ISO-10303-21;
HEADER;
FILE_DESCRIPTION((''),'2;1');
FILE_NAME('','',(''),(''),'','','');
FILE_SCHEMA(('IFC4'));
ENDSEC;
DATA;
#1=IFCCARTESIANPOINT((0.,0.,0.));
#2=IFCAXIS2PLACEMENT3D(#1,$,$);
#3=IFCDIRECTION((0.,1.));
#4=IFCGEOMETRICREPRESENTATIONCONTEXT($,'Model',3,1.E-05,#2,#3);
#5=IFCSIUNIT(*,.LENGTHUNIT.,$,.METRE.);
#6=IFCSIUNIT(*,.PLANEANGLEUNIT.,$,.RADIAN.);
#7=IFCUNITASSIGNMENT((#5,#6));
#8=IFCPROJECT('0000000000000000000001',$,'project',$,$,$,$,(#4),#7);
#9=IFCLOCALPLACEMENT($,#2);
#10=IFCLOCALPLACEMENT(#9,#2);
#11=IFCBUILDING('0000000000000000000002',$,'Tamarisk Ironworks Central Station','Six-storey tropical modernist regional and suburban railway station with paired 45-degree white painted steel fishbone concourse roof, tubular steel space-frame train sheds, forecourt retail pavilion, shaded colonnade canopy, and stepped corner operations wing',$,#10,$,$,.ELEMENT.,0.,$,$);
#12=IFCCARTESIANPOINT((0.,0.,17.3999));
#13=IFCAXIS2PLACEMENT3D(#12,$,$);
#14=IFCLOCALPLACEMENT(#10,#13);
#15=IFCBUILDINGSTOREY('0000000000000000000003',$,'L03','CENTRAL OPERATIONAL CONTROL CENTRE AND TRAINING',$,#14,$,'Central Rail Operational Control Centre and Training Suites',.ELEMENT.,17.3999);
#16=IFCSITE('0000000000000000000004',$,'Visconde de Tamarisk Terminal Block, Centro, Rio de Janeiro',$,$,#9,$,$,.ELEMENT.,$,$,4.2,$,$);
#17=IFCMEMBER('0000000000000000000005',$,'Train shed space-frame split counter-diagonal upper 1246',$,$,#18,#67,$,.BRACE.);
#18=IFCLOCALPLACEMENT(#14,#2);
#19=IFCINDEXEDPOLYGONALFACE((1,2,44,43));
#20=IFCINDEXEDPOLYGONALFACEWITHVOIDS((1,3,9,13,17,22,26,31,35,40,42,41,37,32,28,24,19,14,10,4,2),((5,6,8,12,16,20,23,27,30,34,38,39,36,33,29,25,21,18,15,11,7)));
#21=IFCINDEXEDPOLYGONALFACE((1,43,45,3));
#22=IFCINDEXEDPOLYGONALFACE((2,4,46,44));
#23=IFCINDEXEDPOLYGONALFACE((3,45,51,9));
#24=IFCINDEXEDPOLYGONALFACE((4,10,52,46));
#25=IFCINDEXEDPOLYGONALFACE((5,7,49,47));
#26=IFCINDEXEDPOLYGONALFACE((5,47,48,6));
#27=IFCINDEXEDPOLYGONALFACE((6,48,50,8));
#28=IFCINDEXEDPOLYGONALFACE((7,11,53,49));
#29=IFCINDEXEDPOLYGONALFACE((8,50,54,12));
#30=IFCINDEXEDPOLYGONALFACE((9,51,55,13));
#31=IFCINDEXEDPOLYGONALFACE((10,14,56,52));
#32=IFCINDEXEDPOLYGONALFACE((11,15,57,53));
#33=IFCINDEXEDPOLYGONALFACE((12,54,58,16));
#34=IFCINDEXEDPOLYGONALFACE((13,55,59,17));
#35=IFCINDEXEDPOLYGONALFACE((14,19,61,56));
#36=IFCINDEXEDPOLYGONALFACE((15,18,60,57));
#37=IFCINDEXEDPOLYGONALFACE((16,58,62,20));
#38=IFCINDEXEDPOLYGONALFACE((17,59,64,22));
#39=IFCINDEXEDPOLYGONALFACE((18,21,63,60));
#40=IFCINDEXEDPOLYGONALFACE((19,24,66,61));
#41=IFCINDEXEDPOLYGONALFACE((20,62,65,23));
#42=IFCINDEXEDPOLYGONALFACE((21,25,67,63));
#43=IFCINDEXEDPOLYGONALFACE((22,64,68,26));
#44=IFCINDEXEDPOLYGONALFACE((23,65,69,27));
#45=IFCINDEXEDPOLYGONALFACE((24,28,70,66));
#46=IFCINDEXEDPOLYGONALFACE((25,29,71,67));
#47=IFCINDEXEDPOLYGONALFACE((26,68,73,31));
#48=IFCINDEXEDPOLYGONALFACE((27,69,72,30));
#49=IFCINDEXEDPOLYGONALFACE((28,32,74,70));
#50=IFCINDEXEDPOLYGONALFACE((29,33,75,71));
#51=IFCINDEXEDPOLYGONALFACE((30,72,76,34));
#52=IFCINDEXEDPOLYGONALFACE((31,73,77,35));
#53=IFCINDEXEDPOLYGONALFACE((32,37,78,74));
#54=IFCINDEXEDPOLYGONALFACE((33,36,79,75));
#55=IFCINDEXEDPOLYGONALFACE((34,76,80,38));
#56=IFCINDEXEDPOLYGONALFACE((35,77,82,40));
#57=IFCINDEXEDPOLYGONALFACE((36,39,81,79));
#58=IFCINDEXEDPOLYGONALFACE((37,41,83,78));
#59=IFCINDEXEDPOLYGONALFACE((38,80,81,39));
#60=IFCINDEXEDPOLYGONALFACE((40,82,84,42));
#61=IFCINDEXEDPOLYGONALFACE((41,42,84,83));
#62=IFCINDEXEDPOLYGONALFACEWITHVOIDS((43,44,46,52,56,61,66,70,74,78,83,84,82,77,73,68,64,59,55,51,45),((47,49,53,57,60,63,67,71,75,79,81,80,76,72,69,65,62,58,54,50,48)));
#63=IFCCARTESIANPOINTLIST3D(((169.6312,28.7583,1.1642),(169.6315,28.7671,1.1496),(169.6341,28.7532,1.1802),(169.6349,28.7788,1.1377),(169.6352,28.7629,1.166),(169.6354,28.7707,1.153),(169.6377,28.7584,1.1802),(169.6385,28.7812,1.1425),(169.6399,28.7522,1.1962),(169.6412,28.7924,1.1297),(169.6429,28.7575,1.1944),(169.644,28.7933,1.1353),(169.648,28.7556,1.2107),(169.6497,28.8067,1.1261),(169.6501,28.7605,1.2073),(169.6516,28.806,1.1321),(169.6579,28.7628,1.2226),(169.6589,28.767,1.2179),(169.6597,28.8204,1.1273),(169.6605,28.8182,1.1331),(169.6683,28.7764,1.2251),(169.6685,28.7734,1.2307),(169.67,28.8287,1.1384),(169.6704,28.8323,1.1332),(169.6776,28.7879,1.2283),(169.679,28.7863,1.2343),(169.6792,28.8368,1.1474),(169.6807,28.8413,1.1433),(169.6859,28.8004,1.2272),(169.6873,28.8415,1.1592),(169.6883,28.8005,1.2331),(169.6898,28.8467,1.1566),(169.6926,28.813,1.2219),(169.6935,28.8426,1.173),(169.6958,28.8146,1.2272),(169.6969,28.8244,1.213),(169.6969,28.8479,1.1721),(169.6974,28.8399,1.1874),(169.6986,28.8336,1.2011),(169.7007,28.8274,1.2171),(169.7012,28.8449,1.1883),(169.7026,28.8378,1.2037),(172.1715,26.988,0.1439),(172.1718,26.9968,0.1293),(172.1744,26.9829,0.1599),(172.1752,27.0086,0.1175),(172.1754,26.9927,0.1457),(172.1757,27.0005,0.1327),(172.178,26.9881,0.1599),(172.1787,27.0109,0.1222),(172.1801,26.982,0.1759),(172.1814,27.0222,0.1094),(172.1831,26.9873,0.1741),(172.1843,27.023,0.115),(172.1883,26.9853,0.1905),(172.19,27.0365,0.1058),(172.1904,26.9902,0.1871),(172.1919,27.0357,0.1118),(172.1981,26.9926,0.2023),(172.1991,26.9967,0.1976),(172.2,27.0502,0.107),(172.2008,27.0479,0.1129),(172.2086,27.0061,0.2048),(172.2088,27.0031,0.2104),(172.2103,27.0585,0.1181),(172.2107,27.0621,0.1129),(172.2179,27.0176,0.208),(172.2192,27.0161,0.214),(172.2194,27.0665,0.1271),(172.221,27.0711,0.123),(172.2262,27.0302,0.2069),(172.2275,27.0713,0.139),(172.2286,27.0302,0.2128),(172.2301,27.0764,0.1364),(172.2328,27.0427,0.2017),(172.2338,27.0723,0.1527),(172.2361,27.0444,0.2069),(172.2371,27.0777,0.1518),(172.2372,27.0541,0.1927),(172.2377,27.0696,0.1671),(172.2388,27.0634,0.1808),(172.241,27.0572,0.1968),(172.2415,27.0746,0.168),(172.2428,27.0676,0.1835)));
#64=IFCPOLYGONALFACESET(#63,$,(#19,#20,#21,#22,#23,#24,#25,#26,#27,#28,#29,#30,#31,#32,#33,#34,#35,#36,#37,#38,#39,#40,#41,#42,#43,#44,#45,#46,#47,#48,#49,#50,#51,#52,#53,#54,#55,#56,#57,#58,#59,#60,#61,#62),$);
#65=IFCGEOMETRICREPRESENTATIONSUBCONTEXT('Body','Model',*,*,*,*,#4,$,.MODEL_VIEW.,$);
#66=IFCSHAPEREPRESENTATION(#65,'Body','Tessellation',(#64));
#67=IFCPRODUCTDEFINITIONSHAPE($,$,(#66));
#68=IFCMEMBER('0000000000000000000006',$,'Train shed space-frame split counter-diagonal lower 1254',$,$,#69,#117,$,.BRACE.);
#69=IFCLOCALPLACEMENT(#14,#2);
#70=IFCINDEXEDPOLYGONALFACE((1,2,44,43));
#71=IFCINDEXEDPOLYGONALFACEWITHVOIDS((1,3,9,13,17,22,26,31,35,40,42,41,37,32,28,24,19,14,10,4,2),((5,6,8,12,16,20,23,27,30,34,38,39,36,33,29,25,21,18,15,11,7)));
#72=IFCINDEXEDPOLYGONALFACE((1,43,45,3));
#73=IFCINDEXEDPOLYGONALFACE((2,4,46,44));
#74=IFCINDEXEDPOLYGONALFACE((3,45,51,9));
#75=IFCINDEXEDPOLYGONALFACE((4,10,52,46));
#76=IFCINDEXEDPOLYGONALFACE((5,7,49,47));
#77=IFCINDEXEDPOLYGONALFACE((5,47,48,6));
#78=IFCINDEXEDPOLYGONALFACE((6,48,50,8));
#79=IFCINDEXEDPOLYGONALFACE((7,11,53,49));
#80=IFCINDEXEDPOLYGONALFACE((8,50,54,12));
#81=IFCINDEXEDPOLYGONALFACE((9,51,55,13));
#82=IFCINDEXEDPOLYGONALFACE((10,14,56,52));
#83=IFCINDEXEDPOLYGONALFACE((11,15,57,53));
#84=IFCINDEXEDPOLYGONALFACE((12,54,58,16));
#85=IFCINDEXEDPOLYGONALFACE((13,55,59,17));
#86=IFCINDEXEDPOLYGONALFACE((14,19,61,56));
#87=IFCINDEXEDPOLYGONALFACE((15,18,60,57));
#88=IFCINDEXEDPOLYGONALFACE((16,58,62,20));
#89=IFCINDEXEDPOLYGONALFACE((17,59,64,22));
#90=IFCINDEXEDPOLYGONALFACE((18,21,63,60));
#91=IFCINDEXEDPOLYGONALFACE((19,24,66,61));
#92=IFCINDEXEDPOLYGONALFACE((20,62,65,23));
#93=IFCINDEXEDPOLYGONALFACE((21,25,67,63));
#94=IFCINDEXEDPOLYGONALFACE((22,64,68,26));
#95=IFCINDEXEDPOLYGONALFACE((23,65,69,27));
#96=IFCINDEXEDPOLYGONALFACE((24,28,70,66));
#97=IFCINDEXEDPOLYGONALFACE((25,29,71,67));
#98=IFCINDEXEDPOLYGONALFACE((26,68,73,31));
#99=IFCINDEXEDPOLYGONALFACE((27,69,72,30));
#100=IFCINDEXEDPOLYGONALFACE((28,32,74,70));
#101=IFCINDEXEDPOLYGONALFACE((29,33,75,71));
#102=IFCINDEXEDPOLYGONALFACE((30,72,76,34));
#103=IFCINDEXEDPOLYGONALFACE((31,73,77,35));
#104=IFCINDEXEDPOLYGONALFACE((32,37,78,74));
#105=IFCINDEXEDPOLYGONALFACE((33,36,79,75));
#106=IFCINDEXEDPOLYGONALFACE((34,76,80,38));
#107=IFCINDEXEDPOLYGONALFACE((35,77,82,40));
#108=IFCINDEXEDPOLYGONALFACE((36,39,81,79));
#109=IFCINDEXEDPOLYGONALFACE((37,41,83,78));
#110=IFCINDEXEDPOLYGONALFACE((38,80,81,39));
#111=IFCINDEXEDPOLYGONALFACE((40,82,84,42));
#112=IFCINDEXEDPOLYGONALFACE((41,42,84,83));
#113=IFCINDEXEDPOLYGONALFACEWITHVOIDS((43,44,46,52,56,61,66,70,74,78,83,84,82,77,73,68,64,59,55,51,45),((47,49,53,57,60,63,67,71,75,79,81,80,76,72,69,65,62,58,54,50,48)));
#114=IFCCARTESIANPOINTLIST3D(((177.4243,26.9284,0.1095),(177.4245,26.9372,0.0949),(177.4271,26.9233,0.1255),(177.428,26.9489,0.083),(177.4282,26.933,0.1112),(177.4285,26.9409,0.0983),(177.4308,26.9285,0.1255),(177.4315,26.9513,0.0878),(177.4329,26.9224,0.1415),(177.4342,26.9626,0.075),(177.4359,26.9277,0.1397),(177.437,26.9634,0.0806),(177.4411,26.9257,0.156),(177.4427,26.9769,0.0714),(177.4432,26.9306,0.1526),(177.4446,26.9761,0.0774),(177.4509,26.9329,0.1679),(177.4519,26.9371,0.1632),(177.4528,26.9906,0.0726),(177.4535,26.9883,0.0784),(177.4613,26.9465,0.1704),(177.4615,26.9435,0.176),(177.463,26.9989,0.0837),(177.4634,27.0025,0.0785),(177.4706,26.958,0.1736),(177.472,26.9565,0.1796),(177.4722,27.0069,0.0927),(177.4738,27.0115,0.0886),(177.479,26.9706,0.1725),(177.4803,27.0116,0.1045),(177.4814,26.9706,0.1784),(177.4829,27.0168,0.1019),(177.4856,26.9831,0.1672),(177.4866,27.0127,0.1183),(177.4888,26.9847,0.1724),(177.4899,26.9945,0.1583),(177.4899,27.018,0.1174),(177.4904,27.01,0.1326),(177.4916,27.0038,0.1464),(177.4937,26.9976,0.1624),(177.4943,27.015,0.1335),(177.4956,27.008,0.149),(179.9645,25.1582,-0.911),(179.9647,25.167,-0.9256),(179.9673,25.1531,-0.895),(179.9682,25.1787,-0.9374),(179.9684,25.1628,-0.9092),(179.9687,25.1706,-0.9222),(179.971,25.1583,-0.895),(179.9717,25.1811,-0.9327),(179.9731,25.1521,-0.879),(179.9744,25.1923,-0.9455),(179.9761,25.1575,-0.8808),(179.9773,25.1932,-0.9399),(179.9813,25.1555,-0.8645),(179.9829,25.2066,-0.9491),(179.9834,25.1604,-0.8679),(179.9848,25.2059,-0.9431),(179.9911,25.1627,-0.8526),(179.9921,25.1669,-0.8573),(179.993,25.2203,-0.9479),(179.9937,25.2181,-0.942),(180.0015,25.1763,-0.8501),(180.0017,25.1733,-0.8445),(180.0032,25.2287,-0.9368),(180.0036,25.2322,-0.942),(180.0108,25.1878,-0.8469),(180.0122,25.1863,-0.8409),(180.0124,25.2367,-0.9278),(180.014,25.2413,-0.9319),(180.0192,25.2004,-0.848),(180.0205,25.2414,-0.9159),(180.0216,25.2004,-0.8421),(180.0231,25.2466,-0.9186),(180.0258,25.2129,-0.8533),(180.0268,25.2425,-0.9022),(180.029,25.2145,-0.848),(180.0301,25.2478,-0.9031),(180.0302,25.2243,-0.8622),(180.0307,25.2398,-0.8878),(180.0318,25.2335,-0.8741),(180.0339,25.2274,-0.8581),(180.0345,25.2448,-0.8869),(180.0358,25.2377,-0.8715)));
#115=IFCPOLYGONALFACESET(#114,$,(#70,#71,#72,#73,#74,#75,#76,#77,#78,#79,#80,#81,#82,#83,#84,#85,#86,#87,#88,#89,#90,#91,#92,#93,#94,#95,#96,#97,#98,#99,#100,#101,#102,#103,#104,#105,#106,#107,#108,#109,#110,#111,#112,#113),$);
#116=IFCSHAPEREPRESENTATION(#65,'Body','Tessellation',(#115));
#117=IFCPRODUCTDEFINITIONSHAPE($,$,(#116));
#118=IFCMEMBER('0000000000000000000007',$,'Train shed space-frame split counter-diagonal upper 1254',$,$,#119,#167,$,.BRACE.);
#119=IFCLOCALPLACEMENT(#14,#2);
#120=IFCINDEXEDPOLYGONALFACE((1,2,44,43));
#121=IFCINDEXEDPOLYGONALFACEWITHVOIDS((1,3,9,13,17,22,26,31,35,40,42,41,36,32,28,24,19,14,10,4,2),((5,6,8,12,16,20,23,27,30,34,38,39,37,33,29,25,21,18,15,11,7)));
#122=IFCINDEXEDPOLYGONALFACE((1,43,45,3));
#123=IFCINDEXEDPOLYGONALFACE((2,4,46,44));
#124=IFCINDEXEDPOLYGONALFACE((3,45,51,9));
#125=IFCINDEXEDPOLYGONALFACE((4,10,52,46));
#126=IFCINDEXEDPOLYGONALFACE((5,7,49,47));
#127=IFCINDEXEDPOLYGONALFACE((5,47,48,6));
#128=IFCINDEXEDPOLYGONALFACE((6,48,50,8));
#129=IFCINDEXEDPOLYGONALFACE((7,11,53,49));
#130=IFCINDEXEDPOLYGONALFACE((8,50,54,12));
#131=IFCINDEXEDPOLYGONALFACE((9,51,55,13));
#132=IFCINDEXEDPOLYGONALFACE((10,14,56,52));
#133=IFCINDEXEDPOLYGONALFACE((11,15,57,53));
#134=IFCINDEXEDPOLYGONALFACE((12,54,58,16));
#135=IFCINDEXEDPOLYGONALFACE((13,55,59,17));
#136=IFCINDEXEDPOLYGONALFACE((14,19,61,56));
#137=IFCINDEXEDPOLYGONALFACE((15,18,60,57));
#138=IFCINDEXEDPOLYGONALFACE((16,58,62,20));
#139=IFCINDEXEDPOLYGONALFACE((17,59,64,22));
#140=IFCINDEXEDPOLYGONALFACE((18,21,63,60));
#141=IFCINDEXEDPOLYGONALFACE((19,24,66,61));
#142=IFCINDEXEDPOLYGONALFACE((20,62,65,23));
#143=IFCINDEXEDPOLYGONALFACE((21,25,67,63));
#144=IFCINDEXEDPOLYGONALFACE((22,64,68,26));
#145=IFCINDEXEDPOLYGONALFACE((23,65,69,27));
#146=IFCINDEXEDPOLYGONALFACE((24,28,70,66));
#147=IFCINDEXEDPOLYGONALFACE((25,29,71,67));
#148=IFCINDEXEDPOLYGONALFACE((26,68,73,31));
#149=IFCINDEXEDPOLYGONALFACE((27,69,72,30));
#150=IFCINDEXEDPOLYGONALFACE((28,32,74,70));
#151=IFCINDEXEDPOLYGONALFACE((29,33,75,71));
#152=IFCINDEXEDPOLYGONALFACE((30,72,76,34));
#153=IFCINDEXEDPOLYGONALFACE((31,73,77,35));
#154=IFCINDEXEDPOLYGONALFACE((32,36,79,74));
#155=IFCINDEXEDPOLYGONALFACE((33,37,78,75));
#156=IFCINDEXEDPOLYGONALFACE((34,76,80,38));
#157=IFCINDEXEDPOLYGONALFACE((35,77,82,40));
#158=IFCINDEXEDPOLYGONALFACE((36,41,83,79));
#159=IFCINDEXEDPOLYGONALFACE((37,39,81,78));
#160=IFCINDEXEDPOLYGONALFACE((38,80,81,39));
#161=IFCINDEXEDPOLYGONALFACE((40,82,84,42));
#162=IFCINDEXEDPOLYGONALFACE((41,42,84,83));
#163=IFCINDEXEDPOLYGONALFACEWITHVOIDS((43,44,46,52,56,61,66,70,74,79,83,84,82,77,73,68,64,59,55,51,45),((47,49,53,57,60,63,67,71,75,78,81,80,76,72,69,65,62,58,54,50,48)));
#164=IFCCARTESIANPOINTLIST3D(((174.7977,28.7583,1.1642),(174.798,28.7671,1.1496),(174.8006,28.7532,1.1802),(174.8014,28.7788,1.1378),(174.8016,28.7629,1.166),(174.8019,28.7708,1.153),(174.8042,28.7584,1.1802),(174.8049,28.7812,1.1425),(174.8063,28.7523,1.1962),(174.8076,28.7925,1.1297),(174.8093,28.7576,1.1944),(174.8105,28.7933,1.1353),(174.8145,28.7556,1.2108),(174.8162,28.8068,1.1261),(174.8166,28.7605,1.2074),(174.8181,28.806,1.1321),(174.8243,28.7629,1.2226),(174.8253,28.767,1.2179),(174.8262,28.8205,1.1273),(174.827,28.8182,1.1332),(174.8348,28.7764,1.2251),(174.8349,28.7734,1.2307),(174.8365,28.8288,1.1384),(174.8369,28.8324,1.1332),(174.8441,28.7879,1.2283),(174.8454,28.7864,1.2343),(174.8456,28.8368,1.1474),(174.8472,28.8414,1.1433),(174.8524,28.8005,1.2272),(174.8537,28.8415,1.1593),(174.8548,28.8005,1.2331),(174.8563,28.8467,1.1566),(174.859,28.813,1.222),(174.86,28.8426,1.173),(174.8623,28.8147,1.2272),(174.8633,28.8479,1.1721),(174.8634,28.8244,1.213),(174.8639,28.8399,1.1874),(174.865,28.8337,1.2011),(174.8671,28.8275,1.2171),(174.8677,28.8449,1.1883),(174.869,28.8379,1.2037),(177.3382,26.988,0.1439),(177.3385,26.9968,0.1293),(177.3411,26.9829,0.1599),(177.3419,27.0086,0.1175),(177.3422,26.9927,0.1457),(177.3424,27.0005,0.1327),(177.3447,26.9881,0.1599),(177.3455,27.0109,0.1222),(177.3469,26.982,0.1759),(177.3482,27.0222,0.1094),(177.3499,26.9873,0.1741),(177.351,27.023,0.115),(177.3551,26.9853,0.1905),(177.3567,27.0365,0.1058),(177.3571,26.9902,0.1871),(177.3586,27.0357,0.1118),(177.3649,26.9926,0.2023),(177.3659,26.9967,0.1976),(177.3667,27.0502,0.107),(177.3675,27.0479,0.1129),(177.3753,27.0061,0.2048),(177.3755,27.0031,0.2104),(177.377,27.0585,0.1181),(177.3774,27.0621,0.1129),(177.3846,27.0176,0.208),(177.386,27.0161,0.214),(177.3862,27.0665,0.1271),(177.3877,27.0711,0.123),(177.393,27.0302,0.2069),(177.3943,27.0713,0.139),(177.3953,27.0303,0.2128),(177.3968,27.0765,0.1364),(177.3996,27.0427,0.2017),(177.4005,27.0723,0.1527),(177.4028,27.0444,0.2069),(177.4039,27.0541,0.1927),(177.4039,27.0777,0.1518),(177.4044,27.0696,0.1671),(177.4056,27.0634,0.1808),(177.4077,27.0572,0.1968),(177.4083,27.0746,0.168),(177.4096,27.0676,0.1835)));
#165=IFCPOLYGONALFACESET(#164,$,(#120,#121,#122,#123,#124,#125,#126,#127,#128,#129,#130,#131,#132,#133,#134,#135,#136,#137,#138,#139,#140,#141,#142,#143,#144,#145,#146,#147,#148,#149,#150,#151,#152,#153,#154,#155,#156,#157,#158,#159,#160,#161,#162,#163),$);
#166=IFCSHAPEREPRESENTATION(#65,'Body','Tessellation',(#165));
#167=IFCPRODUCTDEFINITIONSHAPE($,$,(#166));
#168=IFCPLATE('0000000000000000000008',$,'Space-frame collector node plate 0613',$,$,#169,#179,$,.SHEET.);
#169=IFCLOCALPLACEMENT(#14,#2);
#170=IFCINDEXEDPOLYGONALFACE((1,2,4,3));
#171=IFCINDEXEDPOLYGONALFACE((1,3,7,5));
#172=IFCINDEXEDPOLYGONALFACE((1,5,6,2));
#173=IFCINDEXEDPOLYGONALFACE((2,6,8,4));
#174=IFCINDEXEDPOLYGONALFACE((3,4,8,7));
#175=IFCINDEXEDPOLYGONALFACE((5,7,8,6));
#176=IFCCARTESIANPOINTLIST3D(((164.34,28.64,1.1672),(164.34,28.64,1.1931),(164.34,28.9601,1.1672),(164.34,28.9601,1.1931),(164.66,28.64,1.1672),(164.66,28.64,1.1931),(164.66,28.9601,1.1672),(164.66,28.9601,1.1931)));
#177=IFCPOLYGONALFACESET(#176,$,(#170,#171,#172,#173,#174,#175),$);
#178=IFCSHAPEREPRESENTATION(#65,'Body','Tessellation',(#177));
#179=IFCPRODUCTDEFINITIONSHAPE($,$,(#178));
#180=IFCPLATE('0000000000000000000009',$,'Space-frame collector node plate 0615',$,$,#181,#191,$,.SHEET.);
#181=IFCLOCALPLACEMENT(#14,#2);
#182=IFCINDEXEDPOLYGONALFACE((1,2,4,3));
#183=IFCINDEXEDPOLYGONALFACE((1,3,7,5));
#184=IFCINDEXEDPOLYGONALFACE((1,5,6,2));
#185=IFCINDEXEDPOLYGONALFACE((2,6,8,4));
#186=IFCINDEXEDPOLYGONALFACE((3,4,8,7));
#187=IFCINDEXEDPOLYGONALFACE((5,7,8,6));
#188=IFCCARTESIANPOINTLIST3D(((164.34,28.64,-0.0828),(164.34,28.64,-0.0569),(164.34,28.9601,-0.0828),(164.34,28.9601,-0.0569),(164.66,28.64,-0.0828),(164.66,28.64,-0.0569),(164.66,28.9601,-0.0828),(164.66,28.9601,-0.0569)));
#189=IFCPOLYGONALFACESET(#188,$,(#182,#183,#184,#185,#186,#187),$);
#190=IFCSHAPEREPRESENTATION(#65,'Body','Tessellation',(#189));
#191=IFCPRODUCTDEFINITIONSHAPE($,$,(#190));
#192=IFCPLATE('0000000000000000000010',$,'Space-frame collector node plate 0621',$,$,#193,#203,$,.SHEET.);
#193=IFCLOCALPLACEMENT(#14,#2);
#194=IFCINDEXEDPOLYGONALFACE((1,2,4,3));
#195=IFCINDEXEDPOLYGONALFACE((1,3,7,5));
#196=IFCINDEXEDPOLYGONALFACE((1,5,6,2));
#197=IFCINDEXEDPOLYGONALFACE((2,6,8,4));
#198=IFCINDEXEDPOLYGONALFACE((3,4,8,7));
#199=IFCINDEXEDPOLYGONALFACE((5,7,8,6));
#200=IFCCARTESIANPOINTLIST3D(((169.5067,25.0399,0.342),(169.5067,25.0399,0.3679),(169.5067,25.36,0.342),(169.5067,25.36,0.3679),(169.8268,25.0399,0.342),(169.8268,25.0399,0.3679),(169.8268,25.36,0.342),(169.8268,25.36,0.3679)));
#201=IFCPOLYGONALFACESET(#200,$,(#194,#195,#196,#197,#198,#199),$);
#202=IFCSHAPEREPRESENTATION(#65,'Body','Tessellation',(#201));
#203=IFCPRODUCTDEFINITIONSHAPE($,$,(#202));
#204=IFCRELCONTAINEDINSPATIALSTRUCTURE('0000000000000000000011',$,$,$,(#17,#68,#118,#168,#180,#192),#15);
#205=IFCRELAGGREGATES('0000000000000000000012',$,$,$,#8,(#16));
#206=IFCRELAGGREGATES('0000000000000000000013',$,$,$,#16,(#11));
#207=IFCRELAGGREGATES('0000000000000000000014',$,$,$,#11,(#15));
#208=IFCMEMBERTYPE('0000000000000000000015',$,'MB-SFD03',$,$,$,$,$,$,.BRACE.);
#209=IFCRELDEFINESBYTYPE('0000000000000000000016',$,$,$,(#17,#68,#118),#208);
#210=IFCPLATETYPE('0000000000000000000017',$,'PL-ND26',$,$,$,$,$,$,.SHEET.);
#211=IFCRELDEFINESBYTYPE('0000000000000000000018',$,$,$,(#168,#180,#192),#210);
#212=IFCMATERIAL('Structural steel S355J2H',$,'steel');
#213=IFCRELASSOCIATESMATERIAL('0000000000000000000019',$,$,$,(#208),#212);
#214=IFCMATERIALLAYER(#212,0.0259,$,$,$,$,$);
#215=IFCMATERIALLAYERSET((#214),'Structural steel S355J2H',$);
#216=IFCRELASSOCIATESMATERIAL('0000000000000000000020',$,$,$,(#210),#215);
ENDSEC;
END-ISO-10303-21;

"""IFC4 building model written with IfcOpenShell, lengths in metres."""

from ifc_helpers import new_model, si_unit, direction, frame, origin, origin_2d, place, context, subcontext, project, spatial, rectangle, hollow_circle, extrude, material, layer, layer_set, material_profile, profile_set, type_object, element, save


model = new_model("IFC4")

# Units and contexts
model_context = context("Model", 3, precision=1e-05, world=origin(), true_north=direction((0.0, 1.0)))
body_context = subcontext(model_context, "Body", "Model", "MODEL_VIEW")
ifc_project = project(units=[si_unit("LENGTHUNIT", "METRE"), si_unit("PLANEANGLEUNIT", "RADIAN")], contexts=[model_context])

# Site, building, storey
site_placement = place(None, origin())
site = spatial("IfcSite", under=ifc_project, at=site_placement, Name="Visconde de Tamarisk Terminal Block, Centro, Rio de Janeiro", CompositionType="ELEMENT", RefElevation=4.2)
building_placement = place(site_placement, origin())
building = spatial("IfcBuilding", under=site, at=building_placement, Name="Tamarisk Ironworks Central Station", Description="Six-storey tropical modernist regional and suburban railway station with paired 45-degree white painted steel fishbone concourse roof, tubular steel space-frame train sheds, forecourt retail pavilion, shaded colonnade canopy, and stepped corner operations wing", CompositionType="ELEMENT", ElevationOfRefHeight=0.0)
storey_placement = place(building_placement, frame((0.0, 0.0, 17.3999)))
storey = spatial("IfcBuildingStorey", under=building, at=storey_placement, Name="L03", Description="CENTRAL OPERATIONAL CONTROL CENTRE AND TRAINING", LongName="Central Rail Operational Control Centre and Training Suites", CompositionType="ELEMENT", Elevation=17.3999)

# Members
ifc_material = material(Name="Structural steel S355J2H", Category="steel")
ifc_material_profile_1 = material_profile(ifc_material, hollow_circle(Radius=0.0571, WallThickness=0.0063, at=origin_2d()), Name="CHS 114.3x6.3")
ifc_profile_set_1 = profile_set([ifc_material_profile_1], Name="Structural steel S355J2H")
member_type_1 = type_object("IfcMemberType", Name="MB-SFD03", PredefinedType="BRACE", material=ifc_profile_set_1)
for number, where, z_axis, x_axis, name in (
    (1, (172.207, 27.0298, 0.1599), (-0.77922, 0.54302, 0.312961), (-0.571741, -0.820434, 0.0), "Train shed space-frame split counter-diagonal upper 1246"),
    (2, (180.0, 25.2, -0.895), (-0.779202, 0.543008, 0.313029), (-0.571741, -0.820434, 0.0), "Train shed space-frame split counter-diagonal lower 1254"),
):
    element("IfcMember", number, at=place(storey_placement, frame(where, z_axis=z_axis, x_axis=x_axis)), inside=storey, type_object=member_type_1, Name=name, PredefinedType="BRACE", context=body_context, shape_type="SweptSolid", body=[
        extrude(hollow_circle(Radius=0.0571, WallThickness=0.0063, at=origin_2d()), origin(), (0.0, 0.0, 1.0), 3.26),
    ])
member_1_placement = place(storey_placement, frame((177.3738, 27.0298, 0.1599), z_axis=(-0.77925, 0.542989, 0.312943), x_axis=(-0.571704, -0.82046, 0.0)))
element("IfcMember", 3, at=member_1_placement, inside=storey, type_object=member_type_1, Name="Train shed space-frame split counter-diagonal upper 1254", PredefinedType="BRACE", context=body_context, shape_type="SweptSolid", body=[
    extrude(hollow_circle(Radius=0.0571, WallThickness=0.0063, at=origin_2d()), origin(), (0.0, 0.0, 1.0), 3.2603),
])

# Plates
ifc_layer = layer(ifc_material, 0.0259)
ifc_layer_set = layer_set([ifc_layer], Name="Structural steel S355J2H")
plate_type = type_object("IfcPlateType", Name="PL-ND26", PredefinedType="SHEET", material=ifc_layer_set)
for number, where, z_axis, x_axis, name in (
    (4, (164.5, 28.8, 1.1672), (0.0, 0.0, 1.0), (1.0, 0.0, 0.0), "Space-frame collector node plate 0613"),
    (5, (164.5, 28.8, -0.0828), (0.0, 0.0, 1.0), (1.0, 0.0, 0.0), "Space-frame collector node plate 0615"),
    (6, (169.6667, 25.2, 0.342), (0.0, 0.0, 1.0), (1.0, 0.0, 0.0), "Space-frame collector node plate 0621"),
):
    element("IfcPlate", number, at=place(storey_placement, frame(where, z_axis=z_axis, x_axis=x_axis)), inside=storey, type_object=plate_type, Name=name, PredefinedType="SHEET", context=body_context, shape_type="SweptSolid", body=[
        extrude(rectangle(XDim=0.3201, YDim=0.3201, at=origin_2d()), origin(), (0.0, 0.0, 1.0), 0.0259),
    ])

save(model, "model.ifc")
